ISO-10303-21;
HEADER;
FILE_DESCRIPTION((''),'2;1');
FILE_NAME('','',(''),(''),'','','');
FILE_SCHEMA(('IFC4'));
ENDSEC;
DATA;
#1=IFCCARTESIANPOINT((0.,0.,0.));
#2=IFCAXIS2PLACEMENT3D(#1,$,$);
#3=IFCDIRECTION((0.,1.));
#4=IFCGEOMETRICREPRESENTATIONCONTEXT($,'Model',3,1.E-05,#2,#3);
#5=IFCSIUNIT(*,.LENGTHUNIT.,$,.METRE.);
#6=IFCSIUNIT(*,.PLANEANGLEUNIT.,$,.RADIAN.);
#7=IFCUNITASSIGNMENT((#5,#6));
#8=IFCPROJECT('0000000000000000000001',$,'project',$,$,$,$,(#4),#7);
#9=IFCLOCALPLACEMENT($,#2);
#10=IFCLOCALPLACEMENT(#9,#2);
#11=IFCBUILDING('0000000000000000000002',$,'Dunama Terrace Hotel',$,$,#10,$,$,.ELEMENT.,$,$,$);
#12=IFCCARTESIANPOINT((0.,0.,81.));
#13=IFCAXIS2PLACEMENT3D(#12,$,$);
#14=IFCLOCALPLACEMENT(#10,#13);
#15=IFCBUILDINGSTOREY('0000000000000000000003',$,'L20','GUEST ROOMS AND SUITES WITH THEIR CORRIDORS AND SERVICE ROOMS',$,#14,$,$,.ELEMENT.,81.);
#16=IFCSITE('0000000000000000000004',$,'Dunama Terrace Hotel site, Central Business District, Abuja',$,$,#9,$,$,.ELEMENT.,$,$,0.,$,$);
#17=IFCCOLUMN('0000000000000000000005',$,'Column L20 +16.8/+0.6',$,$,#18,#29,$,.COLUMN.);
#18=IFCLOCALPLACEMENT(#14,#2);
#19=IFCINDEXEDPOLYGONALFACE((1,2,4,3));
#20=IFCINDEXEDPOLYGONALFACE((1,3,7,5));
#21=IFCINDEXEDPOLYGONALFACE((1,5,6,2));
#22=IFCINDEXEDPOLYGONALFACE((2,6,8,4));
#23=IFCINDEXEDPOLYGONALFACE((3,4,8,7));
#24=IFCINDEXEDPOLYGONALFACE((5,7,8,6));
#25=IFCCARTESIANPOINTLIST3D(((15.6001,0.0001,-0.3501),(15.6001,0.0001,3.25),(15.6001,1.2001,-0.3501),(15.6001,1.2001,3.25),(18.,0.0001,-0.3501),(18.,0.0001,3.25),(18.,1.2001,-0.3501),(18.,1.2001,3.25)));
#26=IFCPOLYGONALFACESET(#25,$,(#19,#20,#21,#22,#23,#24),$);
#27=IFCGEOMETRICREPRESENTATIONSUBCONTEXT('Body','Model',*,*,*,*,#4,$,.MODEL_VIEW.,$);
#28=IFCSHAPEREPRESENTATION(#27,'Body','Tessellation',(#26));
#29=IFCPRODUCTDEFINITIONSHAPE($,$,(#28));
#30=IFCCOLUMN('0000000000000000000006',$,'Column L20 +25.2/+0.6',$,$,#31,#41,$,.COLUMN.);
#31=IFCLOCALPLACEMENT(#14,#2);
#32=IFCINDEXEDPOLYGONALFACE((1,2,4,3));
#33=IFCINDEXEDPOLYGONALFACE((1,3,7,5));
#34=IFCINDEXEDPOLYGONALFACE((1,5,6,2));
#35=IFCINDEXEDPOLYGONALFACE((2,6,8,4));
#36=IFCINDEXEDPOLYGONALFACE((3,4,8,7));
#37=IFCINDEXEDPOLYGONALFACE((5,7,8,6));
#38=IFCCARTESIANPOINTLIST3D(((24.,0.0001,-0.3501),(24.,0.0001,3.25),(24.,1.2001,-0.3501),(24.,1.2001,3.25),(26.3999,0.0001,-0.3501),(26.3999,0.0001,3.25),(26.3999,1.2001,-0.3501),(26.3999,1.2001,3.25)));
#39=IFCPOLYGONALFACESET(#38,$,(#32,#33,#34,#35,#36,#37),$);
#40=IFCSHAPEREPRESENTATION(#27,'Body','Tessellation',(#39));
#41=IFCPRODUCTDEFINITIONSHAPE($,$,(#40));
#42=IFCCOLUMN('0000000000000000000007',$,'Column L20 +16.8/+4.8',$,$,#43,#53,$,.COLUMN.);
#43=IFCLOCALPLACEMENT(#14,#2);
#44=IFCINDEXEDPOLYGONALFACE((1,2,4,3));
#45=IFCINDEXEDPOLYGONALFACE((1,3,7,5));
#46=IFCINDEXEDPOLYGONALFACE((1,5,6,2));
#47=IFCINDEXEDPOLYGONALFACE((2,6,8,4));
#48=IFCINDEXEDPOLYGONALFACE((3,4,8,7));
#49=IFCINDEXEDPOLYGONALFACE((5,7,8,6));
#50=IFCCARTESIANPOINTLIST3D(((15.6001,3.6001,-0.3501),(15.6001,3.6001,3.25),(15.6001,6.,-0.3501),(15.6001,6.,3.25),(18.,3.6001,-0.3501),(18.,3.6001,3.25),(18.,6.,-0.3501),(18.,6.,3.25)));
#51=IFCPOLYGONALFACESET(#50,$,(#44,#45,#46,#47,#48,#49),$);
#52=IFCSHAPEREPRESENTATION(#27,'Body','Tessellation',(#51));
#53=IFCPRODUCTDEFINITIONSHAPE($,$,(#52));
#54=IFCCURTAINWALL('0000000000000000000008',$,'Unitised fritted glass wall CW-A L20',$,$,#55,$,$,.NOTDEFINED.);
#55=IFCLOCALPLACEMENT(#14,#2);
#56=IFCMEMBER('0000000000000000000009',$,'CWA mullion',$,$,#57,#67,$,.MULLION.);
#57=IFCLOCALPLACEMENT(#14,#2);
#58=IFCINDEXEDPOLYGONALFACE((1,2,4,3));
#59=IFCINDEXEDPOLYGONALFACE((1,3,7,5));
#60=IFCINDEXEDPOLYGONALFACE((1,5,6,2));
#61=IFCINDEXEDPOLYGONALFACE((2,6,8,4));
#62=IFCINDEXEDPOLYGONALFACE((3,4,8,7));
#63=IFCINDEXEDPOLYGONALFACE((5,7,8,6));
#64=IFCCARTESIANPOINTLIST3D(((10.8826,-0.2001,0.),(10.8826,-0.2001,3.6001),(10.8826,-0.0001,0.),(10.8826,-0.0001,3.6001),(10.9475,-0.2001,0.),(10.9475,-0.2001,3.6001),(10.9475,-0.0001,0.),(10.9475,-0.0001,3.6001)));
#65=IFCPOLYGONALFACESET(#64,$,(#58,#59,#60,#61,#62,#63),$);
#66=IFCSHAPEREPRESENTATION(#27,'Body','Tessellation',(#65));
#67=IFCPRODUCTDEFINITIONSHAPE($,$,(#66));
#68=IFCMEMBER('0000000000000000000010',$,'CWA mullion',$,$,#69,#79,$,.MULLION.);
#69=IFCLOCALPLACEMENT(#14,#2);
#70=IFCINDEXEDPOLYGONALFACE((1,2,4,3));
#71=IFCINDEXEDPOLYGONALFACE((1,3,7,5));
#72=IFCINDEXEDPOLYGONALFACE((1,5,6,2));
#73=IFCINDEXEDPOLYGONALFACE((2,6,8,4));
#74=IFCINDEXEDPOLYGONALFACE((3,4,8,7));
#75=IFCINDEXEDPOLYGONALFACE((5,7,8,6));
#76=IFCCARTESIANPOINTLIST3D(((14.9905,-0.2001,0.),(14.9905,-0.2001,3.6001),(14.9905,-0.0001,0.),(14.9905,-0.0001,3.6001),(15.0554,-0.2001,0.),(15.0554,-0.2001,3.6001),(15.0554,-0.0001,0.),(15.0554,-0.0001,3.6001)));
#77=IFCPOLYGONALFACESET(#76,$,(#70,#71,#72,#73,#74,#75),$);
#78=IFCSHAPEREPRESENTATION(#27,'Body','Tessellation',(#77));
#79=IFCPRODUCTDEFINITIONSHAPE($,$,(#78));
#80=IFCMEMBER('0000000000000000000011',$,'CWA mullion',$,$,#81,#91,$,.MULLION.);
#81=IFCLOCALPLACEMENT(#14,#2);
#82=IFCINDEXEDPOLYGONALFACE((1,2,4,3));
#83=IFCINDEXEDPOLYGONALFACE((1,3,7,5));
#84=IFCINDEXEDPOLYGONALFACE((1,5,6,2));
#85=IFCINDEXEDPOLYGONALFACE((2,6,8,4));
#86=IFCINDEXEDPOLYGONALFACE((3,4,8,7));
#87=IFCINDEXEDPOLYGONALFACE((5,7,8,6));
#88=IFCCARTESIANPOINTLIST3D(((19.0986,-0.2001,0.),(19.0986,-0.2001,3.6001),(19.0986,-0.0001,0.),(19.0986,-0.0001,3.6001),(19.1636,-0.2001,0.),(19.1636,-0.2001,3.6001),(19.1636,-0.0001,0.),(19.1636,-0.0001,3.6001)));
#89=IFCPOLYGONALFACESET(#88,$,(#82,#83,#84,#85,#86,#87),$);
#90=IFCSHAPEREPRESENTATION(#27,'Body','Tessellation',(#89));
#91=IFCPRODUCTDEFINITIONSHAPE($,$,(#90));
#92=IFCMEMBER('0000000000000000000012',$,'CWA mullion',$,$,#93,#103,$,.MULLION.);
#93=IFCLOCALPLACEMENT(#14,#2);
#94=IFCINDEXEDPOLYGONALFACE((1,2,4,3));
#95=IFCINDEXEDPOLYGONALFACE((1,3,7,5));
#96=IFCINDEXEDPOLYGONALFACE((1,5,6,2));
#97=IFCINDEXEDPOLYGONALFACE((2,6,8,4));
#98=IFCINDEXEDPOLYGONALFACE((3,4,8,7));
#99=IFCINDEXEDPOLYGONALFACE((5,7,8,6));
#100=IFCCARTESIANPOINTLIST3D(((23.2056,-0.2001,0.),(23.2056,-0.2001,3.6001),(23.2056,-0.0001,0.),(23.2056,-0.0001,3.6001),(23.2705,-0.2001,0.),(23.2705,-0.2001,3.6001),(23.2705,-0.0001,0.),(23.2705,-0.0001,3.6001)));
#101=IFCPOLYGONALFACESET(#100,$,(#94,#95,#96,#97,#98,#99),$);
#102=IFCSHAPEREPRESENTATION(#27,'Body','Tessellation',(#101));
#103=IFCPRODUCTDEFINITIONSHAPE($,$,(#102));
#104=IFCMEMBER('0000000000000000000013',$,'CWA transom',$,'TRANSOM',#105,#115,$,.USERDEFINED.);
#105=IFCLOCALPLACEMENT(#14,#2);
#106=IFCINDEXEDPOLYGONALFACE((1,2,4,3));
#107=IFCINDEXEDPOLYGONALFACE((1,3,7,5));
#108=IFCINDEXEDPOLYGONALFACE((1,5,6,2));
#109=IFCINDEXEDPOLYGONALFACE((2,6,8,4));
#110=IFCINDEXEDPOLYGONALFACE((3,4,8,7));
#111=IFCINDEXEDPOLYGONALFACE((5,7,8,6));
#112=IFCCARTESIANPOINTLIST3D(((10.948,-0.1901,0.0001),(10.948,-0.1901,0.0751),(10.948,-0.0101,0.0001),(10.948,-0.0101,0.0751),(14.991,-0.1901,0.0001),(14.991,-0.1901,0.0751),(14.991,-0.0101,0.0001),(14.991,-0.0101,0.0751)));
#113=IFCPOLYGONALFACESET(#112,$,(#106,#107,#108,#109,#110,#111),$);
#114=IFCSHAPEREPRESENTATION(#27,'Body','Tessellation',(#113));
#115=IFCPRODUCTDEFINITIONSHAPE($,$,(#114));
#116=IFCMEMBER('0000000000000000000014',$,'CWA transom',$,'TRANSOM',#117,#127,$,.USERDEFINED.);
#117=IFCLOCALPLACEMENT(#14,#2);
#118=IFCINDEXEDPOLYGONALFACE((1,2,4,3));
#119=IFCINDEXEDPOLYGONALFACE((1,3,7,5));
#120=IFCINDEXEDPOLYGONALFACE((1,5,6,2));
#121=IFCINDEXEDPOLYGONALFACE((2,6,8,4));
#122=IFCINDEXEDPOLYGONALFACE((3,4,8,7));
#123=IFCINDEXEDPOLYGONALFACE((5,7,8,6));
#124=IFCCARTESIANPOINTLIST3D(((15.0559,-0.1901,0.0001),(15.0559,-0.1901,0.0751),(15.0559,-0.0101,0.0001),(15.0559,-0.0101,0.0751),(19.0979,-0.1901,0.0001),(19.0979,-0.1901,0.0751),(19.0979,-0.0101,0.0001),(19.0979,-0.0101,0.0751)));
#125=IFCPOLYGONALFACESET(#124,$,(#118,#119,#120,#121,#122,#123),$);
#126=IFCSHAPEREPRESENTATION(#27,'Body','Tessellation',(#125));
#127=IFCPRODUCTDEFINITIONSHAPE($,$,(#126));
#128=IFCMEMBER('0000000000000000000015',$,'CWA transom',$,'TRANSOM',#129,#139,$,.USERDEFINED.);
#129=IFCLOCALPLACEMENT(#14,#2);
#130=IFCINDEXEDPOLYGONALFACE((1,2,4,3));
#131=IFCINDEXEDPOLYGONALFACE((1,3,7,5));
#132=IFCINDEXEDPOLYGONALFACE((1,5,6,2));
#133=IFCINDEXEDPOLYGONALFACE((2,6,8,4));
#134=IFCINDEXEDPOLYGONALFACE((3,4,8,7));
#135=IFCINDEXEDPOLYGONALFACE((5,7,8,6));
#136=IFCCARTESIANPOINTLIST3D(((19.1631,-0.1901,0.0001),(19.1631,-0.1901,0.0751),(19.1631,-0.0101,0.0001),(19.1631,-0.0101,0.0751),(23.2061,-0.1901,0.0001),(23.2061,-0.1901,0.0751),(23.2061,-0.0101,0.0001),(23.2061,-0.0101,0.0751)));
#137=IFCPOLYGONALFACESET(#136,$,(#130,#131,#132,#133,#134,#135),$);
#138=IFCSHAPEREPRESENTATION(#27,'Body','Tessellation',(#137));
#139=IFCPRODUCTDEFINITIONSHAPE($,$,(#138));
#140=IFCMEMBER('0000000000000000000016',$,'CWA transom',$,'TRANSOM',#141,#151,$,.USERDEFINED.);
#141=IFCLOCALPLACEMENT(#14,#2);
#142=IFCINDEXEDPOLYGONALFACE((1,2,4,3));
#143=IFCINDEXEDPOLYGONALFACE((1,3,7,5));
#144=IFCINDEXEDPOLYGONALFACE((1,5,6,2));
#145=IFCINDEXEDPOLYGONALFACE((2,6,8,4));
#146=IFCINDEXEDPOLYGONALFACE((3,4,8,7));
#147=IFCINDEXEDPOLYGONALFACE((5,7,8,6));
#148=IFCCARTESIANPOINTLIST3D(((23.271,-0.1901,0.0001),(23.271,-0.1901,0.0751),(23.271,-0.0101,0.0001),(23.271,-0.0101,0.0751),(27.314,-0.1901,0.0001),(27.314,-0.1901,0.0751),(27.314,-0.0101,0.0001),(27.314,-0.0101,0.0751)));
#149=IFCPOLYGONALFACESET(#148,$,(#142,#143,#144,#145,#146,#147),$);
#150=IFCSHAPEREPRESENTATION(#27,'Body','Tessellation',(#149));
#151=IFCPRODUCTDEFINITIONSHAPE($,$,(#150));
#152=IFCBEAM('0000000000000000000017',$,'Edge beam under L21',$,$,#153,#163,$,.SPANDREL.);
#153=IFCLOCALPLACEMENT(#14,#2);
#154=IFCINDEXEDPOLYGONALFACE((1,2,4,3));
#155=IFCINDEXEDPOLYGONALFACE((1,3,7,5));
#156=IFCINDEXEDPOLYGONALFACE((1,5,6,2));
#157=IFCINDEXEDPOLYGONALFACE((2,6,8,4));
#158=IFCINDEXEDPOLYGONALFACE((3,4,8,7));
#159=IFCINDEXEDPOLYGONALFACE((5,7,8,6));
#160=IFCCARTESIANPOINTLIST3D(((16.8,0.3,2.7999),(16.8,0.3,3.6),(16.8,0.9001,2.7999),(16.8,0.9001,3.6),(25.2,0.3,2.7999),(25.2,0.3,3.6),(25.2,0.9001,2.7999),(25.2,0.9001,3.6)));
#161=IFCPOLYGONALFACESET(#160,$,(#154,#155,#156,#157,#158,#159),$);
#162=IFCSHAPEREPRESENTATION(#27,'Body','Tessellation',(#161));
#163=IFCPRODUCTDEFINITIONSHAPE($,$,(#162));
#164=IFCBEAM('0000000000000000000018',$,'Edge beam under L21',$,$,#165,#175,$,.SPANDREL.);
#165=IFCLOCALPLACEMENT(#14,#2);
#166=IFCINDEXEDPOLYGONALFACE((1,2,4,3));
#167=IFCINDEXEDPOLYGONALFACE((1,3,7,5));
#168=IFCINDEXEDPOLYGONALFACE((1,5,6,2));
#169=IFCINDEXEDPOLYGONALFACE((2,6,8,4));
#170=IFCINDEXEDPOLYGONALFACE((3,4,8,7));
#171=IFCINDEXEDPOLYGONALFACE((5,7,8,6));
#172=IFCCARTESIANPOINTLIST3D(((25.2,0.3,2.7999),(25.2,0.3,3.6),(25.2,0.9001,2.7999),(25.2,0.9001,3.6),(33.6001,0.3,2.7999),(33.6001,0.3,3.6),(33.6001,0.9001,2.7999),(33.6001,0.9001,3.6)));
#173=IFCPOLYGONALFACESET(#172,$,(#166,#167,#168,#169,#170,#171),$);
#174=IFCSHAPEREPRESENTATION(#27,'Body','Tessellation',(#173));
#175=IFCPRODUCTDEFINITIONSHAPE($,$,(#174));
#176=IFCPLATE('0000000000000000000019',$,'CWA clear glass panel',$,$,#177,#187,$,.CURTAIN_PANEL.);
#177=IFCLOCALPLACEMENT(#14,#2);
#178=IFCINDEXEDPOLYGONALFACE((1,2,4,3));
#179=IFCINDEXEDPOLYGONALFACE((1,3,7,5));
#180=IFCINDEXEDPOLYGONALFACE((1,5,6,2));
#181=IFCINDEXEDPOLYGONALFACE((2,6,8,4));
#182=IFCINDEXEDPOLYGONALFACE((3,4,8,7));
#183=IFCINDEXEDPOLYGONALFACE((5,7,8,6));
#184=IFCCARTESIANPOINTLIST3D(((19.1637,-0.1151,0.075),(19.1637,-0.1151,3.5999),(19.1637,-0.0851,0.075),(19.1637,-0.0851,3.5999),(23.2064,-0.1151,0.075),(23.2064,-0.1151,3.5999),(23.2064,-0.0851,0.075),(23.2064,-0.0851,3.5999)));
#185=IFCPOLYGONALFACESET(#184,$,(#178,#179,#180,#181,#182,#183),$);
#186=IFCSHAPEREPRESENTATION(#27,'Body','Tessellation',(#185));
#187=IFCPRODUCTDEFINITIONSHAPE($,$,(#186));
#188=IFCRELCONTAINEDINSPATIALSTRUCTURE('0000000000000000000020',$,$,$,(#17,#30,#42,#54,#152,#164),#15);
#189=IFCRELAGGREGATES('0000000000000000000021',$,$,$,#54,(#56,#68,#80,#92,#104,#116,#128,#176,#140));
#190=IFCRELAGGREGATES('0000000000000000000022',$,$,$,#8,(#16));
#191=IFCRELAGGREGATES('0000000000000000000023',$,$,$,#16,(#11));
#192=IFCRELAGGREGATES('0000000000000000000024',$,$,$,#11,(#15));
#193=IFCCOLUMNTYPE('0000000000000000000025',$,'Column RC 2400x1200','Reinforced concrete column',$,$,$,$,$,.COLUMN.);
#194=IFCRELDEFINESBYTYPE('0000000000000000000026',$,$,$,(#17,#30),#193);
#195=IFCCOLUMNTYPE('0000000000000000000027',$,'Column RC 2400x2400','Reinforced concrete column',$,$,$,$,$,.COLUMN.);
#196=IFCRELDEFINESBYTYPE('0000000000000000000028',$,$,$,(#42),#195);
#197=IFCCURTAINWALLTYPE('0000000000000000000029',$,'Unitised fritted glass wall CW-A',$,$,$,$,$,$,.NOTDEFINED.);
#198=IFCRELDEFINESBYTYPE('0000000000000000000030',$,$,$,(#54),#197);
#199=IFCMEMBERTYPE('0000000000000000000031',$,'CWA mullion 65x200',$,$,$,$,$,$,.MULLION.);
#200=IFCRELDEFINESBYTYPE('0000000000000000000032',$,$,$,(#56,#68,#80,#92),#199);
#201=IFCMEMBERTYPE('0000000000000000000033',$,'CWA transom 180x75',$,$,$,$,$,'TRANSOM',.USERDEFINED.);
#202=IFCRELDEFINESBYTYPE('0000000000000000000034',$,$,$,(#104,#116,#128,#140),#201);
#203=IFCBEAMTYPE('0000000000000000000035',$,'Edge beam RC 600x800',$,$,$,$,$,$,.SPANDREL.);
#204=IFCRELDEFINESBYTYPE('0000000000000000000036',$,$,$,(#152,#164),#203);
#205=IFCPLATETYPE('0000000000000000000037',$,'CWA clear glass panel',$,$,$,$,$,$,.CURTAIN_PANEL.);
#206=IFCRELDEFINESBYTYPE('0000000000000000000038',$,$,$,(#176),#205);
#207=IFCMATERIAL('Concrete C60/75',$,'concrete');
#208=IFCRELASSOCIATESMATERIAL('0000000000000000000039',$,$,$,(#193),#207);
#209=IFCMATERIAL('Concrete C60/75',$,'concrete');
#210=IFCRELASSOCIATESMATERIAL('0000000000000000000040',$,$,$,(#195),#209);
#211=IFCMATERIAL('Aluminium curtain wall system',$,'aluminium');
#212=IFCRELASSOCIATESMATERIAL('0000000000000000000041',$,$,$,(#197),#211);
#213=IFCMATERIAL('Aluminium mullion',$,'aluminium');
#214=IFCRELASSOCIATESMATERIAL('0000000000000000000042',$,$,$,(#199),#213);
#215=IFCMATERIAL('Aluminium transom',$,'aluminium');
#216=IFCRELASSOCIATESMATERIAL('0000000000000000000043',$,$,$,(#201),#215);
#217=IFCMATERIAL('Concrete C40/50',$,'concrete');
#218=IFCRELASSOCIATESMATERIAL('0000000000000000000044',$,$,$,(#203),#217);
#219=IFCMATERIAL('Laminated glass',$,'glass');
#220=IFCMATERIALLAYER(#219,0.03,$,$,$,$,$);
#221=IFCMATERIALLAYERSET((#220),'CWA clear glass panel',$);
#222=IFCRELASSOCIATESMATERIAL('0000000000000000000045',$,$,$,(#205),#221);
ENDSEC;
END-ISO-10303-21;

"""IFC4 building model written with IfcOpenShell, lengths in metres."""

from ifc_helpers import new_model, si_unit, direction, frame, origin, origin_2d, place, context, subcontext, project, spatial, rectangle, extrude, material, layer, layer_set, material_profile, profile_set, type_object, element, aggregate, save


model = new_model("IFC4")

# Units and contexts
model_context = context("Model", 3, precision=1e-05, world=origin(), true_north=direction((0.0, 1.0)))
body_context = subcontext(model_context, "Body", "Model", "MODEL_VIEW")
ifc_project = project(units=[si_unit("LENGTHUNIT", "METRE"), si_unit("PLANEANGLEUNIT", "RADIAN")], contexts=[model_context])

# Site, building, storey
site_placement = place(None, origin())
site = spatial("IfcSite", under=ifc_project, at=site_placement, Name="Dunama Terrace Hotel site, Central Business District, Abuja", CompositionType="ELEMENT", RefElevation=0.0)
building_placement = place(site_placement, origin())
building = spatial("IfcBuilding", under=site, at=building_placement, Name="Dunama Terrace Hotel", CompositionType="ELEMENT")
storey_placement = place(building_placement, frame((0.0, 0.0, 81.0)))
storey = spatial("IfcBuildingStorey", under=building, at=storey_placement, Name="L20", Description="GUEST ROOMS AND SUITES WITH THEIR CORRIDORS AND SERVICE ROOMS", CompositionType="ELEMENT", Elevation=81.0)

# Columns
ifc_material_1 = material(Name="Concrete C60/75", Category="concrete")
ifc_material_profile_1 = material_profile(ifc_material_1, rectangle(XDim=2.3999, YDim=1.2, at=origin_2d()), Name="RC 2400x1200")
ifc_profile_set_1 = profile_set([ifc_material_profile_1], Name="Concrete C60/75")
column_type_1 = type_object("IfcColumnType", Name="Column RC 2400x1200", Description="Reinforced concrete column", PredefinedType="COLUMN", material=ifc_profile_set_1)
for number, where, z_axis, x_axis, name in (
    (1, (16.8, 0.6001, -0.3501), (0.0, 0.0, 1.0), (1.0, 0.0, 0.0), "Column L20 +16.8/+0.6"),
    (2, (25.2, 0.6001, -0.3501), (0.0, 0.0, 1.0), (1.0, 0.0, 0.0), "Column L20 +25.2/+0.6"),
):
    element("IfcColumn", number, at=place(storey_placement, frame(where, z_axis=z_axis, x_axis=x_axis)), inside=storey, type_object=column_type_1, Name=name, PredefinedType="COLUMN", context=body_context, shape_type="SweptSolid", body=[
        extrude(rectangle(XDim=2.3999, YDim=1.2, at=origin_2d()), origin(), (0.0, 0.0, 1.0), 3.6001),
    ])
ifc_material_2 = material(Name="Concrete C60/75", Category="concrete")
ifc_material_profile_2 = material_profile(ifc_material_2, rectangle(XDim=2.3999, YDim=2.3999, at=origin_2d()), Name="RC 2400x2400")
ifc_profile_set_2 = profile_set([ifc_material_profile_2], Name="Concrete C60/75")
column_type_2 = type_object("IfcColumnType", Name="Column RC 2400x2400", Description="Reinforced concrete column", PredefinedType="COLUMN", material=ifc_profile_set_2)
column_placement = place(storey_placement, frame((16.8, 4.8, -0.3501), z_axis=(0.0, 0.0, 1.0), x_axis=(1.0, 0.0, 0.0)))
element("IfcColumn", 3, at=column_placement, inside=storey, type_object=column_type_2, Name="Column L20 +16.8/+4.8", PredefinedType="COLUMN", context=body_context, shape_type="SweptSolid", body=[
    extrude(rectangle(XDim=2.3999, YDim=2.3999, at=origin_2d()), origin(), (0.0, 0.0, 1.0), 3.6001),
])

# Curtain wall, members
ifc_material_3 = material(Name="Aluminium curtain wall system", Category="aluminium")
curtain_wall_type = type_object("IfcCurtainWallType", Name="Unitised fritted glass wall CW-A", PredefinedType="NOTDEFINED", material=ifc_material_3)
curtain_wall_placement = place(storey_placement, origin())
curtain_wall = element("IfcCurtainWall", 4, at=curtain_wall_placement, inside=storey, type_object=curtain_wall_type, Name="Unitised fritted glass wall CW-A L20", PredefinedType="NOTDEFINED")
ifc_material_4 = material(Name="Aluminium mullion", Category="aluminium")
ifc_material_profile_3 = material_profile(ifc_material_4, rectangle(XDim=0.0649, YDim=0.2, at=origin_2d()), Name="CWA MULLION 65X200")
ifc_profile_set_3 = profile_set([ifc_material_profile_3], Name="Aluminium mullion")
member_type_1 = type_object("IfcMemberType", Name="CWA mullion 65x200", PredefinedType="MULLION", material=ifc_profile_set_3)
member_1_placement = place(storey_placement, frame((10.915, -0.1001, 0.0), z_axis=(0.0, 0.0, 1.0), x_axis=(1.0, 0.0, 0.0)))
member_1 = element("IfcMember", 5, at=member_1_placement, type_object=member_type_1, Name="CWA mullion", PredefinedType="MULLION", context=body_context, shape_type="SweptSolid", body=[
    extrude(rectangle(XDim=0.0649, YDim=0.2, at=origin_2d()), origin(), (0.0, 0.0, 1.0), 3.6001),
])
member_2_placement = place(storey_placement, frame((15.0229, -0.1001, 0.0), z_axis=(0.0, 0.0, 1.0), x_axis=(1.0, 0.0, 0.0)))
member_2 = element("IfcMember", 6, at=member_2_placement, type_object=member_type_1, Name="CWA mullion", PredefinedType="MULLION", context=body_context, shape_type="SweptSolid", body=[
    extrude(rectangle(XDim=0.0649, YDim=0.2, at=origin_2d()), origin(), (0.0, 0.0, 1.0), 3.6001),
])
member_3_placement = place(storey_placement, frame((19.1311, -0.1001, 0.0), z_axis=(0.0, 0.0, 1.0), x_axis=(1.0, 0.0, 0.0)))
member_3 = element("IfcMember", 7, at=member_3_placement, type_object=member_type_1, Name="CWA mullion", PredefinedType="MULLION", context=body_context, shape_type="SweptSolid", body=[
    extrude(rectangle(XDim=0.0649, YDim=0.2, at=origin_2d()), origin(), (0.0, 0.0, 1.0), 3.6001),
])
member_4_placement = place(storey_placement, frame((23.238, -0.1001, 0.0), z_axis=(0.0, 0.0, 1.0), x_axis=(1.0, 0.0, 0.0)))
member_4 = element("IfcMember", 8, at=member_4_placement, type_object=member_type_1, Name="CWA mullion", PredefinedType="MULLION", context=body_context, shape_type="SweptSolid", body=[
    extrude(rectangle(XDim=0.0649, YDim=0.2, at=origin_2d()), origin(), (0.0, 0.0, 1.0), 3.6001),
])
ifc_material_5 = material(Name="Aluminium transom", Category="aluminium")
ifc_material_profile_4 = material_profile(ifc_material_5, rectangle(XDim=0.1799, YDim=0.075, at=origin_2d()), Name="CWA TRANSOM 180X75")
ifc_profile_set_4 = profile_set([ifc_material_profile_4], Name="Aluminium transom")
member_type_2 = type_object("IfcMemberType", Name="CWA transom 180x75", ElementType="TRANSOM", PredefinedType="USERDEFINED", material=ifc_profile_set_4)
member_5_placement = place(storey_placement, frame((10.948, -0.1001, 0.0376), z_axis=(1.0, 0.0, 0.0), x_axis=(0.0, 1.0, 0.0)))
member_5 = element("IfcMember", 9, at=member_5_placement, type_object=member_type_2, Name="CWA transom", ObjectType="TRANSOM", PredefinedType="USERDEFINED", context=body_context, shape_type="SweptSolid", body=[
    extrude(rectangle(XDim=0.1799, YDim=0.075, at=origin_2d()), origin(), (0.0, 0.0, 1.0), 4.043),
])
member_6_placement = place(storey_placement, frame((15.0559, -0.1001, 0.0376), z_axis=(1.0, 0.0, 0.0), x_axis=(0.0, 1.0, 0.0)))
member_6 = element("IfcMember", 10, at=member_6_placement, type_object=member_type_2, Name="CWA transom", ObjectType="TRANSOM", PredefinedType="USERDEFINED", context=body_context, shape_type="SweptSolid", body=[
    extrude(rectangle(XDim=0.1799, YDim=0.075, at=origin_2d()), origin(), (0.0, 0.0, 1.0), 4.042),
])
member_7_placement = place(storey_placement, frame((19.1631, -0.1001, 0.0376), z_axis=(1.0, 0.0, 0.0), x_axis=(0.0, 1.0, 0.0)))
member_7 = element("IfcMember", 11, at=member_7_placement, type_object=member_type_2, Name="CWA transom", ObjectType="TRANSOM", PredefinedType="USERDEFINED", context=body_context, shape_type="SweptSolid", body=[
    extrude(rectangle(XDim=0.1799, YDim=0.075, at=origin_2d()), origin(), (0.0, 0.0, 1.0), 4.043),
])
member_8_placement = place(storey_placement, frame((23.271, -0.1001, 0.0376), z_axis=(1.0, 0.0, 0.0), x_axis=(0.0, 1.0, 0.0)))
member_8 = element("IfcMember", 12, at=member_8_placement, type_object=member_type_2, Name="CWA transom", ObjectType="TRANSOM", PredefinedType="USERDEFINED", context=body_context, shape_type="SweptSolid", body=[
    extrude(rectangle(XDim=0.1799, YDim=0.075, at=origin_2d()), origin(), (0.0, 0.0, 1.0), 4.043),
])

# Beams
ifc_material_6 = material(Name="Concrete C40/50", Category="concrete")
ifc_material_profile_5 = material_profile(ifc_material_6, rectangle(XDim=0.6001, YDim=0.8, at=origin_2d()), Name="RC 600x800")
ifc_profile_set_5 = profile_set([ifc_material_profile_5], Name="Concrete C40/50")
beam_type = type_object("IfcBeamType", Name="Edge beam RC 600x800", PredefinedType="SPANDREL", material=ifc_profile_set_5)
beam_1_placement = place(storey_placement, frame((16.8, 0.6001, 3.2), z_axis=(1.0, 0.0, 0.0), x_axis=(0.0, 1.0, 0.0)))
element("IfcBeam", 13, at=beam_1_placement, inside=storey, type_object=beam_type, Name="Edge beam under L21", PredefinedType="SPANDREL", context=body_context, shape_type="SweptSolid", body=[
    extrude(rectangle(XDim=0.6001, YDim=0.8, at=origin_2d()), origin(), (0.0, 0.0, 1.0), 8.3999),
])
beam_2_placement = place(storey_placement, frame((25.2, 0.6001, 3.2), z_axis=(1.0, 0.0, 0.0), x_axis=(0.0, 1.0, 0.0)))
element("IfcBeam", 14, at=beam_2_placement, inside=storey, type_object=beam_type, Name="Edge beam under L21", PredefinedType="SPANDREL", context=body_context, shape_type="SweptSolid", body=[
    extrude(rectangle(XDim=0.6001, YDim=0.8, at=origin_2d()), origin(), (0.0, 0.0, 1.0), 8.4001),
])

# Plate
ifc_material_7 = material(Name="Laminated glass", Category="glass")
ifc_layer_1 = layer(ifc_material_7, 0.03)
ifc_layer_set_1 = layer_set([ifc_layer_1], Name="CWA clear glass panel")
plate_type_1 = type_object("IfcPlateType", Name="CWA clear glass panel", PredefinedType="CURTAIN_PANEL", material=ifc_layer_set_1)
plate_1_placement = place(storey_placement, frame((21.1851, -0.1001, 0.075), z_axis=(0.0, 0.0, 1.0), x_axis=(1.0, 0.0, 0.0)))
plate_1 = element("IfcPlate", 15, at=plate_1_placement, type_object=plate_type_1, Name="CWA clear glass panel", PredefinedType="CURTAIN_PANEL", context=body_context, shape_type="SweptSolid", body=[
    extrude(rectangle(XDim=4.0427, YDim=0.03, at=origin_2d()), origin(), (0.0, 0.0, 1.0), 3.5249),
])
aggregate(curtain_wall, [member_1, member_2, member_3, member_4, member_5, member_6, member_7, plate_1, member_8])

save(model, "model.ifc")
